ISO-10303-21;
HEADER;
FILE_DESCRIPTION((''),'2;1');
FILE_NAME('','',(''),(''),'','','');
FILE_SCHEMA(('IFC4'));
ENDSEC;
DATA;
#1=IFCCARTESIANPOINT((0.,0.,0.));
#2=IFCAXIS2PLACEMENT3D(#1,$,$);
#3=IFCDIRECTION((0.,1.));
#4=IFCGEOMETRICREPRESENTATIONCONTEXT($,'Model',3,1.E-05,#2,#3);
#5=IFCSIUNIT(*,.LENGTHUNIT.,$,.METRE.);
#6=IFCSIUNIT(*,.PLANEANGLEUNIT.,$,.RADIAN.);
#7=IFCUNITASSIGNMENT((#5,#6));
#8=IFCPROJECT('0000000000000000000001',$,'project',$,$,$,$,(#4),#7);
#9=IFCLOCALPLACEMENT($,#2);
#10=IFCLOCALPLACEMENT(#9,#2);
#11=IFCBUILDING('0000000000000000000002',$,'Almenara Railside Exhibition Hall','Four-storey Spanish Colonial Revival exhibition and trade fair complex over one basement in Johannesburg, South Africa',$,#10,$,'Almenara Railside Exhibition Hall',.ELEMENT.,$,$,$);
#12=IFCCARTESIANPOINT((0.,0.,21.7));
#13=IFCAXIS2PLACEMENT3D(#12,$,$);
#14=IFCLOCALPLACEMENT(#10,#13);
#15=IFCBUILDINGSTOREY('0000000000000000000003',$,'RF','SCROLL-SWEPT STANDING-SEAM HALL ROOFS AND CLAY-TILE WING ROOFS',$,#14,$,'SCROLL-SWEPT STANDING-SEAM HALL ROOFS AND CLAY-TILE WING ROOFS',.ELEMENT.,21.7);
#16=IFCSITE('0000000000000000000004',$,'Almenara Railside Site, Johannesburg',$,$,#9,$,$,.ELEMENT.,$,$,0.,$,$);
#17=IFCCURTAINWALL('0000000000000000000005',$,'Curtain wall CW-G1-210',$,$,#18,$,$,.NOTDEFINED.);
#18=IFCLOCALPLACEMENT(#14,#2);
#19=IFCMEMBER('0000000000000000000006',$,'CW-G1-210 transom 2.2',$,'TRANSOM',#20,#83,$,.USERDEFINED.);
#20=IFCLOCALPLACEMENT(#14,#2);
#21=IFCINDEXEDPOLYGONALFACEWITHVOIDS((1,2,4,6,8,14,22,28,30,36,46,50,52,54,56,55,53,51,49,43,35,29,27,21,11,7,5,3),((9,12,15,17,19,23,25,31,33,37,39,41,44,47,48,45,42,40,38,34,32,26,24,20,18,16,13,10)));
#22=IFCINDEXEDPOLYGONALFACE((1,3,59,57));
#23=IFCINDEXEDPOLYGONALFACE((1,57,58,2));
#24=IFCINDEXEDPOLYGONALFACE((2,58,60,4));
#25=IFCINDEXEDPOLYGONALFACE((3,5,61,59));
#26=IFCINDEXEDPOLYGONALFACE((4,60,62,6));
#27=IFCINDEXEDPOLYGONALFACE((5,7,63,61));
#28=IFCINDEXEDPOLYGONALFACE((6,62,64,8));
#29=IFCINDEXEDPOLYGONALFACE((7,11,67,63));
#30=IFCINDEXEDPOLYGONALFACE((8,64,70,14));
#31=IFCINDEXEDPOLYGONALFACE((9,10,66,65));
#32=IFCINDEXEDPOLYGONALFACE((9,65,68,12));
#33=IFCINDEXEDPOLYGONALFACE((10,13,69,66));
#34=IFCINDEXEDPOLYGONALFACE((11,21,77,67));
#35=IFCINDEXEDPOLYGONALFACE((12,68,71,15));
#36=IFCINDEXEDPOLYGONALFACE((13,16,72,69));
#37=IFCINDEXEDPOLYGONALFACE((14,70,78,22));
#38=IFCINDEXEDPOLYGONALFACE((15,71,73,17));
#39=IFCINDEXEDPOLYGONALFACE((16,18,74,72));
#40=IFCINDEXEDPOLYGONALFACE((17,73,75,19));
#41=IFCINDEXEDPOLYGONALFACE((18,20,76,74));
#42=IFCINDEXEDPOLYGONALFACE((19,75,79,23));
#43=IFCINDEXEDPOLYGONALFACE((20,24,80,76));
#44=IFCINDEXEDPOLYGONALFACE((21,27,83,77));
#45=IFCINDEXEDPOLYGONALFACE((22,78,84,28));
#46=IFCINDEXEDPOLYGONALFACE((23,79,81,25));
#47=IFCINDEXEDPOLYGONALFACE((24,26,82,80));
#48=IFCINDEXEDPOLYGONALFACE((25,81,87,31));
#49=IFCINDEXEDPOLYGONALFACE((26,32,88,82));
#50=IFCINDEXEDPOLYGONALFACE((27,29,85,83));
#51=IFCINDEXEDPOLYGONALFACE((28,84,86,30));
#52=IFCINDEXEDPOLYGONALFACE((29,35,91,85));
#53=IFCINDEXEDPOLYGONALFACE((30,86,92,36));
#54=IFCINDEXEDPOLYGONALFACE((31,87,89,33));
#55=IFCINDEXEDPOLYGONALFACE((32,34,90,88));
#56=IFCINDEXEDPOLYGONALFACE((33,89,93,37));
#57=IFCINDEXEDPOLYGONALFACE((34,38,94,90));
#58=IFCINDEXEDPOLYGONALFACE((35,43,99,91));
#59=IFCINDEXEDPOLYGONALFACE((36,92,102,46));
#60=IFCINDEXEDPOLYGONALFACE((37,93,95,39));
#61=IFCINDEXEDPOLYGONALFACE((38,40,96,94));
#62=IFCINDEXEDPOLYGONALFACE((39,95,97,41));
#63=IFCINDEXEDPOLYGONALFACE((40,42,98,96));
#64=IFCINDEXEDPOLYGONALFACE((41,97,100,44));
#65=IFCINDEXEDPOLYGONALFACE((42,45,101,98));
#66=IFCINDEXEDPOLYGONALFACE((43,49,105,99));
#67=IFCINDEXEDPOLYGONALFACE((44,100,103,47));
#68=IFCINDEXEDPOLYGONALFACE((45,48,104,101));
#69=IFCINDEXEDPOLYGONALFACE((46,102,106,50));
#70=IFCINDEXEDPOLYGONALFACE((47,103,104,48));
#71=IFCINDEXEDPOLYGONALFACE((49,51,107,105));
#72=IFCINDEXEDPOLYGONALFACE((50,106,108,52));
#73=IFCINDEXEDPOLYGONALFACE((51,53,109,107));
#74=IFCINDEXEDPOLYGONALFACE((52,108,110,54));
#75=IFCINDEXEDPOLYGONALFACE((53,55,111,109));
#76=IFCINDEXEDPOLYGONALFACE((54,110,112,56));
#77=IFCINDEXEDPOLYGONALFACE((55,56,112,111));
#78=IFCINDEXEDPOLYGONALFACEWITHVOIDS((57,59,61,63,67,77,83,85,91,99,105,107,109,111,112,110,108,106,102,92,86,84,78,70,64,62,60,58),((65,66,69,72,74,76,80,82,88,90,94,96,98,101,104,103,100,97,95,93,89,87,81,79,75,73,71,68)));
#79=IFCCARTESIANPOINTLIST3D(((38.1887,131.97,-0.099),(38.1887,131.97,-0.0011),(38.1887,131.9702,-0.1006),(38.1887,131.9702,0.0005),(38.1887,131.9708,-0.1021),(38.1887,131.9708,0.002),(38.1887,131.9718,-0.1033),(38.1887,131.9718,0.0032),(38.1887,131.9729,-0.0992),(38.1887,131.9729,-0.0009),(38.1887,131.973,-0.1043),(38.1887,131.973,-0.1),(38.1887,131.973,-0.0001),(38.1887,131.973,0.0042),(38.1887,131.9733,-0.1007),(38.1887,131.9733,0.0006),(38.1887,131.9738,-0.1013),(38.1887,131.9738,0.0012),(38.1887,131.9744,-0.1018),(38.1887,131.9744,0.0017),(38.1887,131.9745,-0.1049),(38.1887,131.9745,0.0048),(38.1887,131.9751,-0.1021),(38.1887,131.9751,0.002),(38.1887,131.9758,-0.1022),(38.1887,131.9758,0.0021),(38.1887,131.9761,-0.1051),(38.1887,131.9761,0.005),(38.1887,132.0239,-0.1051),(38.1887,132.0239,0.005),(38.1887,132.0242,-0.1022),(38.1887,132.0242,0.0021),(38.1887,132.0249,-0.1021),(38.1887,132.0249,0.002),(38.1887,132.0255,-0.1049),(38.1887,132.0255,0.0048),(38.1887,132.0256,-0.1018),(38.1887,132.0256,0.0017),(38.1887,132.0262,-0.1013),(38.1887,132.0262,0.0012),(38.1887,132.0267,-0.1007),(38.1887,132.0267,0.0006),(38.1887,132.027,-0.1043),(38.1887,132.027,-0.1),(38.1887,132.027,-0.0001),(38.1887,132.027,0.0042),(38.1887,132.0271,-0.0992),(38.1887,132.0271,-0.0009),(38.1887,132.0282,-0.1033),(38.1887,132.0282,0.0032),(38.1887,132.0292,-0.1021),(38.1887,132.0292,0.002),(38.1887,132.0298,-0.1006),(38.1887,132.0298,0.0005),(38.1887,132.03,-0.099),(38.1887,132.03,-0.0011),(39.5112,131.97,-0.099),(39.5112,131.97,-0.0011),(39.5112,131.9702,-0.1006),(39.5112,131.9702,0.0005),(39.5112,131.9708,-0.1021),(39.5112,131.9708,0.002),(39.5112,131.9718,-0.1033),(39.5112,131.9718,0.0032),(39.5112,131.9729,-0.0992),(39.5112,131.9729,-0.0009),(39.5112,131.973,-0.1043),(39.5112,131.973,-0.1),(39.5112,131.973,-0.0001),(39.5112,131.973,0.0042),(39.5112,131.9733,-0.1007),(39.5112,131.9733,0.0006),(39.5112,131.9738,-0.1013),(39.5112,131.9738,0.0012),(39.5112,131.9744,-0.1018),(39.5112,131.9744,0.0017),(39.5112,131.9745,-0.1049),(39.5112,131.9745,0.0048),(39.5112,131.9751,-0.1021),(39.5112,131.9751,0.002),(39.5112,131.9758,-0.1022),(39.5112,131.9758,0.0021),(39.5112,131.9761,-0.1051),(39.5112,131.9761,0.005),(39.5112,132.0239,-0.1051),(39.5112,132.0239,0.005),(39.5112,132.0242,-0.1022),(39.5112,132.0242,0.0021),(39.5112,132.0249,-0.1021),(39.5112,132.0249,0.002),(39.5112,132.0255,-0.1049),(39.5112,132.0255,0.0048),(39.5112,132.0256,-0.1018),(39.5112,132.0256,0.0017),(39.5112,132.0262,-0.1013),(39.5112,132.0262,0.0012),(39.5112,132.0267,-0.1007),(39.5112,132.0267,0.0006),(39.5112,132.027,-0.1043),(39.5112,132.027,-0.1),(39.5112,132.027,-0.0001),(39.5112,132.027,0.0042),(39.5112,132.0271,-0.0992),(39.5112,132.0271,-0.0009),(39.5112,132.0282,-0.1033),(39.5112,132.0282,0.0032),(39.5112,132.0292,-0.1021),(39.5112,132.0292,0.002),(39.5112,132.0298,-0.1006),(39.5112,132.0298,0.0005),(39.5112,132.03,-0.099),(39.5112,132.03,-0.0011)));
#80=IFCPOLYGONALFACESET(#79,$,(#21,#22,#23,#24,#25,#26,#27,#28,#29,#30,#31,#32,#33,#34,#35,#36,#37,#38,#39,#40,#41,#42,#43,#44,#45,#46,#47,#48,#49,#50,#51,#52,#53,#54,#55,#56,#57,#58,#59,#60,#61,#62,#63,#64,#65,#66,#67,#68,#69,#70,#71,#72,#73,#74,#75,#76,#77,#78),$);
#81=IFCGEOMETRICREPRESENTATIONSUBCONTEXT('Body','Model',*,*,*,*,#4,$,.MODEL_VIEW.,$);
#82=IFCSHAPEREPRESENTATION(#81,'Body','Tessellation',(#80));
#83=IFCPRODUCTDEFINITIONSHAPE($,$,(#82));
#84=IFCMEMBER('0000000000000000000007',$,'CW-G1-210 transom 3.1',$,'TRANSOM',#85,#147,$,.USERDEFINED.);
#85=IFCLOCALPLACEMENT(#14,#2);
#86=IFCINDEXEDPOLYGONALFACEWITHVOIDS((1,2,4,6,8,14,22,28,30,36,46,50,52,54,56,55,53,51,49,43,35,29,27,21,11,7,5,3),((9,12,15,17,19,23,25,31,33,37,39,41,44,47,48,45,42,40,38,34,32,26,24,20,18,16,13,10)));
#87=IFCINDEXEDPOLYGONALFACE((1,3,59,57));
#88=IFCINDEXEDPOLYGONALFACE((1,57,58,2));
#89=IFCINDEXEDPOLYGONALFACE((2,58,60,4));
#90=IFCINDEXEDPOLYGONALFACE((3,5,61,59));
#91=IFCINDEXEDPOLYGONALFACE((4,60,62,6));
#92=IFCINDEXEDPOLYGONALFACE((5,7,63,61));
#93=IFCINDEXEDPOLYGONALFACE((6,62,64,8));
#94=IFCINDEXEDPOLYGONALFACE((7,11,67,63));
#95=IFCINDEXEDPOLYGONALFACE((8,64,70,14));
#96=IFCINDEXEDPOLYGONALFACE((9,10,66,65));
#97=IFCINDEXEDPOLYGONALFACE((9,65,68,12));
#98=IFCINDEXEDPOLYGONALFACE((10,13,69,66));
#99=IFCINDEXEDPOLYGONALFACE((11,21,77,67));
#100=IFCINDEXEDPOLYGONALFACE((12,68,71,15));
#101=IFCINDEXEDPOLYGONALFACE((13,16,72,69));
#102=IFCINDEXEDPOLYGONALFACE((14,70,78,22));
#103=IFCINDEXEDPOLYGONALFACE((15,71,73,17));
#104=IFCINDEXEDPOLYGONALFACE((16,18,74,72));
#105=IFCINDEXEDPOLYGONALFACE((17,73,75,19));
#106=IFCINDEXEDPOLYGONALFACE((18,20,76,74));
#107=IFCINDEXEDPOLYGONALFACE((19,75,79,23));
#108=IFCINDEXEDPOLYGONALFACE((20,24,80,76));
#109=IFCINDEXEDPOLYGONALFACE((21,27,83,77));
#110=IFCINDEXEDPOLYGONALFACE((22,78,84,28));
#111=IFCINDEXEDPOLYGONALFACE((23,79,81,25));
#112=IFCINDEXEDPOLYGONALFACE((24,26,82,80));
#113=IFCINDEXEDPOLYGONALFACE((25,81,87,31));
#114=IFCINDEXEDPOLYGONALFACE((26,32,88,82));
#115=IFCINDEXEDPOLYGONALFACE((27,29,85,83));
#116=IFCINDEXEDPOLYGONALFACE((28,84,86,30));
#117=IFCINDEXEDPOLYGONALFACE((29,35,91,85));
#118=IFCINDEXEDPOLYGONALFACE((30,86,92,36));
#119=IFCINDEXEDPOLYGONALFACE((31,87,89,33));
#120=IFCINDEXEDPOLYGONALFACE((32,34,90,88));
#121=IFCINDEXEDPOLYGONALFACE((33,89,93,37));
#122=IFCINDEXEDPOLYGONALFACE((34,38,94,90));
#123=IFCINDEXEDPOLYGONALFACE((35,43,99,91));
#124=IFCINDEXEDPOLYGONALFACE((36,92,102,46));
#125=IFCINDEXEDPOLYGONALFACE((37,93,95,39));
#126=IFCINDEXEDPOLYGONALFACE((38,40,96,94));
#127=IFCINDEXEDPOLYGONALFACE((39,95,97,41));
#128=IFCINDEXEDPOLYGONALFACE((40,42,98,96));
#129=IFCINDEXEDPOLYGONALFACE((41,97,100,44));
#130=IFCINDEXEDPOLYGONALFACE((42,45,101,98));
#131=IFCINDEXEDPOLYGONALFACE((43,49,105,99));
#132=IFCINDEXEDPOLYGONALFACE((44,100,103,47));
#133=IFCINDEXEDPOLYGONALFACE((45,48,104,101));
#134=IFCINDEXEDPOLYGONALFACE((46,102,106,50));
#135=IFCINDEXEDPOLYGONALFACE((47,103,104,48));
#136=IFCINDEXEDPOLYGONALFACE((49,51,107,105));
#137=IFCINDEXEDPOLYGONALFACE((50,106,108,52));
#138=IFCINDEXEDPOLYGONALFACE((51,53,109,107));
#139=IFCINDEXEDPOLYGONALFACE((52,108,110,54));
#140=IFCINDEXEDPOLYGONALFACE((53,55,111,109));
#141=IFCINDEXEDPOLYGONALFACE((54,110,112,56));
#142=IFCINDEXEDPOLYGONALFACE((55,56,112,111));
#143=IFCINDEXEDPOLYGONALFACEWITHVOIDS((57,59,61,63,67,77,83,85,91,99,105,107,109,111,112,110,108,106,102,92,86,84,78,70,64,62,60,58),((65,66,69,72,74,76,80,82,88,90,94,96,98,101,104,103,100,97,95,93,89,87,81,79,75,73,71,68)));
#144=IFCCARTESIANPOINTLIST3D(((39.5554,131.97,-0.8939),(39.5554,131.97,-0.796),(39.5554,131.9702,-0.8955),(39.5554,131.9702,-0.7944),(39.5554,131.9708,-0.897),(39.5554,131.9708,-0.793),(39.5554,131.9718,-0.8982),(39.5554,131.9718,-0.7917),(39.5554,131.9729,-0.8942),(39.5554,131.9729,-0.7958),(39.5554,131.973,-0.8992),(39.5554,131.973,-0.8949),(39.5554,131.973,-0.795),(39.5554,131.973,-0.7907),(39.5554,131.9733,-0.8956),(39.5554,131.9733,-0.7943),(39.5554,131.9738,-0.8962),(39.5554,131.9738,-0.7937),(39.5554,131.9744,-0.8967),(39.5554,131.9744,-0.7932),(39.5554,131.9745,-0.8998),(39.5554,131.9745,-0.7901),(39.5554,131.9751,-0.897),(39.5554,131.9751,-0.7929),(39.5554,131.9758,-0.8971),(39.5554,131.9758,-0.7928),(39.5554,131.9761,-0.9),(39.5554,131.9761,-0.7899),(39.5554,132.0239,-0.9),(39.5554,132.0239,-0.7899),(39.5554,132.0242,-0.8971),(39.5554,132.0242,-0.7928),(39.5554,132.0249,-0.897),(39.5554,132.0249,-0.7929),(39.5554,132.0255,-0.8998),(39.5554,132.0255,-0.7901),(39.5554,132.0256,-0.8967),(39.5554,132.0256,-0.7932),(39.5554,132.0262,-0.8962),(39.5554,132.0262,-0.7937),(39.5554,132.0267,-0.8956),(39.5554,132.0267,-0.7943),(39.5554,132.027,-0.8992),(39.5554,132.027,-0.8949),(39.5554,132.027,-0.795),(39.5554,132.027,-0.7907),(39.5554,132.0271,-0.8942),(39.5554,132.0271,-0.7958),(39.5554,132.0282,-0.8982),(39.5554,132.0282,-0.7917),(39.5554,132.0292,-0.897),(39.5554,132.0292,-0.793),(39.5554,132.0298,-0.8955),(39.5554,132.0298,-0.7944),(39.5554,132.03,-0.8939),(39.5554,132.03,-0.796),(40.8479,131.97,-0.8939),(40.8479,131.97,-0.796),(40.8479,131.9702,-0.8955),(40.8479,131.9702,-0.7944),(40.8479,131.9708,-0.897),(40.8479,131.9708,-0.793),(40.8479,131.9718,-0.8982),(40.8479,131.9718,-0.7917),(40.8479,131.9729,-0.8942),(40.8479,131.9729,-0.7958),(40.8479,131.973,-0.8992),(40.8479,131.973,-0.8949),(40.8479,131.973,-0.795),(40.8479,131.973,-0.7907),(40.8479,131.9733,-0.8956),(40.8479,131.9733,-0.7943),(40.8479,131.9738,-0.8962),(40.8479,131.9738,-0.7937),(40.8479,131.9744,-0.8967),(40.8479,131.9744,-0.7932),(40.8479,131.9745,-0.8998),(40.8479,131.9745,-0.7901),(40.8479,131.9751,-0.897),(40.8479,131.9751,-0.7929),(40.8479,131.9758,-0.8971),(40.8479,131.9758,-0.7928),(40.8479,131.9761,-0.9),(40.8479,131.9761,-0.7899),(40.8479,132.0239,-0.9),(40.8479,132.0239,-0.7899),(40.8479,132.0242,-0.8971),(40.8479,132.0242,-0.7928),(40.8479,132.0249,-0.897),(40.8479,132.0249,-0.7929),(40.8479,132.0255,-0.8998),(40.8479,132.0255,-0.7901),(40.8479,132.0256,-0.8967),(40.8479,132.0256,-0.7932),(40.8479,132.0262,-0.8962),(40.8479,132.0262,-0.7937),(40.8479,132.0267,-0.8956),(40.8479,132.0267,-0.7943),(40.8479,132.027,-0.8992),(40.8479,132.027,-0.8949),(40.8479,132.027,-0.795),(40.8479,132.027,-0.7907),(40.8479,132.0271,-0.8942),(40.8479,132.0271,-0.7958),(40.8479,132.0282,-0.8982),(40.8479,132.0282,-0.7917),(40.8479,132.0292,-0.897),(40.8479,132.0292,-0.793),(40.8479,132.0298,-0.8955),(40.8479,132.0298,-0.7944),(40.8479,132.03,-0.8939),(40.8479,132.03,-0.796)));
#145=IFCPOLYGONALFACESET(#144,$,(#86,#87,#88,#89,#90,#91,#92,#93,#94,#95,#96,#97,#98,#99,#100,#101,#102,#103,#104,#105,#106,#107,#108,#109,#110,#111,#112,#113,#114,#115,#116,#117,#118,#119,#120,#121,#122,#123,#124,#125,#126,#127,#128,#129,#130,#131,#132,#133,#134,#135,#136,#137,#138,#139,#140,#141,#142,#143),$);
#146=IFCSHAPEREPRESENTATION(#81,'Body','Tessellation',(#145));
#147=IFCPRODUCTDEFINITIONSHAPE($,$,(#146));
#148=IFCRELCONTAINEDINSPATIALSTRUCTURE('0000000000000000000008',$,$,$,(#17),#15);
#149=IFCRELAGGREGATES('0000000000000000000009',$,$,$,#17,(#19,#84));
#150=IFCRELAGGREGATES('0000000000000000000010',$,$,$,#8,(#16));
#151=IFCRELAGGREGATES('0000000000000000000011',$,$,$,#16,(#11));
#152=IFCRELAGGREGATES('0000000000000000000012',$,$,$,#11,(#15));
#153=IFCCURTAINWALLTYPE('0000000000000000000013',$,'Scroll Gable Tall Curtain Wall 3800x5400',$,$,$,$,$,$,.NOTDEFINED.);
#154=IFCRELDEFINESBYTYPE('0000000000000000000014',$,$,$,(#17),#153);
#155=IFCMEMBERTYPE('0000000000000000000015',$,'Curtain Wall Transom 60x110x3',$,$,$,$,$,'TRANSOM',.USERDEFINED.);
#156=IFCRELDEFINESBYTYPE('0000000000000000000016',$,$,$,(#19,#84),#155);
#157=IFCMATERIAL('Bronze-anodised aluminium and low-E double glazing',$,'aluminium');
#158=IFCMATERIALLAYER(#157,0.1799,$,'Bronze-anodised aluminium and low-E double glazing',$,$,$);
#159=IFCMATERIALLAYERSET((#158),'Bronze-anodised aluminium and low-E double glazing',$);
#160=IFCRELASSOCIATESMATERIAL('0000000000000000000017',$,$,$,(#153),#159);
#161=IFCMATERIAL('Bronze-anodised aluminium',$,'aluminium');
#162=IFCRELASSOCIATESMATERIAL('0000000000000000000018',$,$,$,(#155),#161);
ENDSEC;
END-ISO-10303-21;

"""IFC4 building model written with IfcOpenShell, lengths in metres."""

from ifc_helpers import new_model, si_unit, direction, frame, origin, origin_2d, place, context, subcontext, project, spatial, hollow_rectangle, extrude, material, layer, layer_set, material_profile, profile_set, type_object, element, aggregate, save


model = new_model("IFC4")

# Units and contexts
model_context = context("Model", 3, precision=1e-05, world=origin(), true_north=direction((0.0, 1.0)))
body_context = subcontext(model_context, "Body", "Model", "MODEL_VIEW")
ifc_project = project(units=[si_unit("LENGTHUNIT", "METRE"), si_unit("PLANEANGLEUNIT", "RADIAN")], contexts=[model_context])

# Site, building, storey
site_placement = place(None, origin())
site = spatial("IfcSite", under=ifc_project, at=site_placement, Name="Almenara Railside Site, Johannesburg", CompositionType="ELEMENT", RefElevation=0.0)
building_placement = place(site_placement, origin())
building = spatial("IfcBuilding", under=site, at=building_placement, Name="Almenara Railside Exhibition Hall", Description="Four-storey Spanish Colonial Revival exhibition and trade fair complex over one basement in Johannesburg, South Africa", LongName="Almenara Railside Exhibition Hall", CompositionType="ELEMENT")
storey_placement = place(building_placement, frame((0.0, 0.0, 21.7)))
storey = spatial("IfcBuildingStorey", under=building, at=storey_placement, Name="RF", Description="SCROLL-SWEPT STANDING-SEAM HALL ROOFS AND CLAY-TILE WING ROOFS", LongName="SCROLL-SWEPT STANDING-SEAM HALL ROOFS AND CLAY-TILE WING ROOFS", CompositionType="ELEMENT", Elevation=21.7)

# Curtain wall
ifc_material_1 = material(Name="Bronze-anodised aluminium and low-E double glazing", Category="aluminium")
ifc_layer_1 = layer(ifc_material_1, 0.1799, Name="Bronze-anodised aluminium and low-E double glazing")
ifc_layer_set_1 = layer_set([ifc_layer_1], Name="Bronze-anodised aluminium and low-E double glazing")
curtain_wall_type = type_object("IfcCurtainWallType", Name="Scroll Gable Tall Curtain Wall 3800x5400", PredefinedType="NOTDEFINED", material=ifc_layer_set_1)
ifc_material_2 = material(Name="Bronze-anodised aluminium", Category="aluminium")
curtain_wall_1_placement = place(storey_placement, origin())
curtain_wall_1 = element("IfcCurtainWall", 1, at=curtain_wall_1_placement, inside=storey, type_object=curtain_wall_type, Name="Curtain wall CW-G1-210", PredefinedType="NOTDEFINED")

# Members
ifc_material_profile_1 = material_profile(ifc_material_2, hollow_rectangle(XDim=0.0601, YDim=0.1101, WallThickness=0.0029, InnerFilletRadius=0.0029, OuterFilletRadius=0.0061, at=origin_2d()), Name="ALU-TRN 60x110x3")
ifc_profile_set_1 = profile_set([ifc_material_profile_1], Name="Bronze-anodised aluminium")
member_type_1 = type_object("IfcMemberType", Name="Curtain Wall Transom 60x110x3", ElementType="TRANSOM", PredefinedType="USERDEFINED", material=ifc_profile_set_1)
member_1_placement = place(storey_placement, frame((38.1887, 132.0, -0.05), z_axis=(1.0, 0.0, 0.0), x_axis=(0.0, 1.0, 0.0)))
member_1 = element("IfcMember", 2, at=member_1_placement, type_object=member_type_1, Name="CW-G1-210 transom 2.2", ObjectType="TRANSOM", PredefinedType="USERDEFINED", context=body_context, shape_type="SweptSolid", body=[
    extrude(hollow_rectangle(XDim=0.0601, YDim=0.1101, WallThickness=0.0029, InnerFilletRadius=0.0029, OuterFilletRadius=0.0061, at=origin_2d()), origin(), (0.0, 0.0, 1.0), 1.3225),
])
member_2_placement = place(storey_placement, frame((39.5554, 132.0, -0.845), z_axis=(1.0, 0.0, 0.0), x_axis=(0.0, 1.0, 0.0)))
member_2 = element("IfcMember", 3, at=member_2_placement, type_object=member_type_1, Name="CW-G1-210 transom 3.1", ObjectType="TRANSOM", PredefinedType="USERDEFINED", context=body_context, shape_type="SweptSolid", body=[
    extrude(hollow_rectangle(XDim=0.0601, YDim=0.1101, WallThickness=0.0029, InnerFilletRadius=0.0029, OuterFilletRadius=0.0061, at=origin_2d()), origin(), (0.0, 0.0, 1.0), 1.2925),
])

aggregate(curtain_wall_1, [member_1, member_2])

save(model, "model.ifc")
